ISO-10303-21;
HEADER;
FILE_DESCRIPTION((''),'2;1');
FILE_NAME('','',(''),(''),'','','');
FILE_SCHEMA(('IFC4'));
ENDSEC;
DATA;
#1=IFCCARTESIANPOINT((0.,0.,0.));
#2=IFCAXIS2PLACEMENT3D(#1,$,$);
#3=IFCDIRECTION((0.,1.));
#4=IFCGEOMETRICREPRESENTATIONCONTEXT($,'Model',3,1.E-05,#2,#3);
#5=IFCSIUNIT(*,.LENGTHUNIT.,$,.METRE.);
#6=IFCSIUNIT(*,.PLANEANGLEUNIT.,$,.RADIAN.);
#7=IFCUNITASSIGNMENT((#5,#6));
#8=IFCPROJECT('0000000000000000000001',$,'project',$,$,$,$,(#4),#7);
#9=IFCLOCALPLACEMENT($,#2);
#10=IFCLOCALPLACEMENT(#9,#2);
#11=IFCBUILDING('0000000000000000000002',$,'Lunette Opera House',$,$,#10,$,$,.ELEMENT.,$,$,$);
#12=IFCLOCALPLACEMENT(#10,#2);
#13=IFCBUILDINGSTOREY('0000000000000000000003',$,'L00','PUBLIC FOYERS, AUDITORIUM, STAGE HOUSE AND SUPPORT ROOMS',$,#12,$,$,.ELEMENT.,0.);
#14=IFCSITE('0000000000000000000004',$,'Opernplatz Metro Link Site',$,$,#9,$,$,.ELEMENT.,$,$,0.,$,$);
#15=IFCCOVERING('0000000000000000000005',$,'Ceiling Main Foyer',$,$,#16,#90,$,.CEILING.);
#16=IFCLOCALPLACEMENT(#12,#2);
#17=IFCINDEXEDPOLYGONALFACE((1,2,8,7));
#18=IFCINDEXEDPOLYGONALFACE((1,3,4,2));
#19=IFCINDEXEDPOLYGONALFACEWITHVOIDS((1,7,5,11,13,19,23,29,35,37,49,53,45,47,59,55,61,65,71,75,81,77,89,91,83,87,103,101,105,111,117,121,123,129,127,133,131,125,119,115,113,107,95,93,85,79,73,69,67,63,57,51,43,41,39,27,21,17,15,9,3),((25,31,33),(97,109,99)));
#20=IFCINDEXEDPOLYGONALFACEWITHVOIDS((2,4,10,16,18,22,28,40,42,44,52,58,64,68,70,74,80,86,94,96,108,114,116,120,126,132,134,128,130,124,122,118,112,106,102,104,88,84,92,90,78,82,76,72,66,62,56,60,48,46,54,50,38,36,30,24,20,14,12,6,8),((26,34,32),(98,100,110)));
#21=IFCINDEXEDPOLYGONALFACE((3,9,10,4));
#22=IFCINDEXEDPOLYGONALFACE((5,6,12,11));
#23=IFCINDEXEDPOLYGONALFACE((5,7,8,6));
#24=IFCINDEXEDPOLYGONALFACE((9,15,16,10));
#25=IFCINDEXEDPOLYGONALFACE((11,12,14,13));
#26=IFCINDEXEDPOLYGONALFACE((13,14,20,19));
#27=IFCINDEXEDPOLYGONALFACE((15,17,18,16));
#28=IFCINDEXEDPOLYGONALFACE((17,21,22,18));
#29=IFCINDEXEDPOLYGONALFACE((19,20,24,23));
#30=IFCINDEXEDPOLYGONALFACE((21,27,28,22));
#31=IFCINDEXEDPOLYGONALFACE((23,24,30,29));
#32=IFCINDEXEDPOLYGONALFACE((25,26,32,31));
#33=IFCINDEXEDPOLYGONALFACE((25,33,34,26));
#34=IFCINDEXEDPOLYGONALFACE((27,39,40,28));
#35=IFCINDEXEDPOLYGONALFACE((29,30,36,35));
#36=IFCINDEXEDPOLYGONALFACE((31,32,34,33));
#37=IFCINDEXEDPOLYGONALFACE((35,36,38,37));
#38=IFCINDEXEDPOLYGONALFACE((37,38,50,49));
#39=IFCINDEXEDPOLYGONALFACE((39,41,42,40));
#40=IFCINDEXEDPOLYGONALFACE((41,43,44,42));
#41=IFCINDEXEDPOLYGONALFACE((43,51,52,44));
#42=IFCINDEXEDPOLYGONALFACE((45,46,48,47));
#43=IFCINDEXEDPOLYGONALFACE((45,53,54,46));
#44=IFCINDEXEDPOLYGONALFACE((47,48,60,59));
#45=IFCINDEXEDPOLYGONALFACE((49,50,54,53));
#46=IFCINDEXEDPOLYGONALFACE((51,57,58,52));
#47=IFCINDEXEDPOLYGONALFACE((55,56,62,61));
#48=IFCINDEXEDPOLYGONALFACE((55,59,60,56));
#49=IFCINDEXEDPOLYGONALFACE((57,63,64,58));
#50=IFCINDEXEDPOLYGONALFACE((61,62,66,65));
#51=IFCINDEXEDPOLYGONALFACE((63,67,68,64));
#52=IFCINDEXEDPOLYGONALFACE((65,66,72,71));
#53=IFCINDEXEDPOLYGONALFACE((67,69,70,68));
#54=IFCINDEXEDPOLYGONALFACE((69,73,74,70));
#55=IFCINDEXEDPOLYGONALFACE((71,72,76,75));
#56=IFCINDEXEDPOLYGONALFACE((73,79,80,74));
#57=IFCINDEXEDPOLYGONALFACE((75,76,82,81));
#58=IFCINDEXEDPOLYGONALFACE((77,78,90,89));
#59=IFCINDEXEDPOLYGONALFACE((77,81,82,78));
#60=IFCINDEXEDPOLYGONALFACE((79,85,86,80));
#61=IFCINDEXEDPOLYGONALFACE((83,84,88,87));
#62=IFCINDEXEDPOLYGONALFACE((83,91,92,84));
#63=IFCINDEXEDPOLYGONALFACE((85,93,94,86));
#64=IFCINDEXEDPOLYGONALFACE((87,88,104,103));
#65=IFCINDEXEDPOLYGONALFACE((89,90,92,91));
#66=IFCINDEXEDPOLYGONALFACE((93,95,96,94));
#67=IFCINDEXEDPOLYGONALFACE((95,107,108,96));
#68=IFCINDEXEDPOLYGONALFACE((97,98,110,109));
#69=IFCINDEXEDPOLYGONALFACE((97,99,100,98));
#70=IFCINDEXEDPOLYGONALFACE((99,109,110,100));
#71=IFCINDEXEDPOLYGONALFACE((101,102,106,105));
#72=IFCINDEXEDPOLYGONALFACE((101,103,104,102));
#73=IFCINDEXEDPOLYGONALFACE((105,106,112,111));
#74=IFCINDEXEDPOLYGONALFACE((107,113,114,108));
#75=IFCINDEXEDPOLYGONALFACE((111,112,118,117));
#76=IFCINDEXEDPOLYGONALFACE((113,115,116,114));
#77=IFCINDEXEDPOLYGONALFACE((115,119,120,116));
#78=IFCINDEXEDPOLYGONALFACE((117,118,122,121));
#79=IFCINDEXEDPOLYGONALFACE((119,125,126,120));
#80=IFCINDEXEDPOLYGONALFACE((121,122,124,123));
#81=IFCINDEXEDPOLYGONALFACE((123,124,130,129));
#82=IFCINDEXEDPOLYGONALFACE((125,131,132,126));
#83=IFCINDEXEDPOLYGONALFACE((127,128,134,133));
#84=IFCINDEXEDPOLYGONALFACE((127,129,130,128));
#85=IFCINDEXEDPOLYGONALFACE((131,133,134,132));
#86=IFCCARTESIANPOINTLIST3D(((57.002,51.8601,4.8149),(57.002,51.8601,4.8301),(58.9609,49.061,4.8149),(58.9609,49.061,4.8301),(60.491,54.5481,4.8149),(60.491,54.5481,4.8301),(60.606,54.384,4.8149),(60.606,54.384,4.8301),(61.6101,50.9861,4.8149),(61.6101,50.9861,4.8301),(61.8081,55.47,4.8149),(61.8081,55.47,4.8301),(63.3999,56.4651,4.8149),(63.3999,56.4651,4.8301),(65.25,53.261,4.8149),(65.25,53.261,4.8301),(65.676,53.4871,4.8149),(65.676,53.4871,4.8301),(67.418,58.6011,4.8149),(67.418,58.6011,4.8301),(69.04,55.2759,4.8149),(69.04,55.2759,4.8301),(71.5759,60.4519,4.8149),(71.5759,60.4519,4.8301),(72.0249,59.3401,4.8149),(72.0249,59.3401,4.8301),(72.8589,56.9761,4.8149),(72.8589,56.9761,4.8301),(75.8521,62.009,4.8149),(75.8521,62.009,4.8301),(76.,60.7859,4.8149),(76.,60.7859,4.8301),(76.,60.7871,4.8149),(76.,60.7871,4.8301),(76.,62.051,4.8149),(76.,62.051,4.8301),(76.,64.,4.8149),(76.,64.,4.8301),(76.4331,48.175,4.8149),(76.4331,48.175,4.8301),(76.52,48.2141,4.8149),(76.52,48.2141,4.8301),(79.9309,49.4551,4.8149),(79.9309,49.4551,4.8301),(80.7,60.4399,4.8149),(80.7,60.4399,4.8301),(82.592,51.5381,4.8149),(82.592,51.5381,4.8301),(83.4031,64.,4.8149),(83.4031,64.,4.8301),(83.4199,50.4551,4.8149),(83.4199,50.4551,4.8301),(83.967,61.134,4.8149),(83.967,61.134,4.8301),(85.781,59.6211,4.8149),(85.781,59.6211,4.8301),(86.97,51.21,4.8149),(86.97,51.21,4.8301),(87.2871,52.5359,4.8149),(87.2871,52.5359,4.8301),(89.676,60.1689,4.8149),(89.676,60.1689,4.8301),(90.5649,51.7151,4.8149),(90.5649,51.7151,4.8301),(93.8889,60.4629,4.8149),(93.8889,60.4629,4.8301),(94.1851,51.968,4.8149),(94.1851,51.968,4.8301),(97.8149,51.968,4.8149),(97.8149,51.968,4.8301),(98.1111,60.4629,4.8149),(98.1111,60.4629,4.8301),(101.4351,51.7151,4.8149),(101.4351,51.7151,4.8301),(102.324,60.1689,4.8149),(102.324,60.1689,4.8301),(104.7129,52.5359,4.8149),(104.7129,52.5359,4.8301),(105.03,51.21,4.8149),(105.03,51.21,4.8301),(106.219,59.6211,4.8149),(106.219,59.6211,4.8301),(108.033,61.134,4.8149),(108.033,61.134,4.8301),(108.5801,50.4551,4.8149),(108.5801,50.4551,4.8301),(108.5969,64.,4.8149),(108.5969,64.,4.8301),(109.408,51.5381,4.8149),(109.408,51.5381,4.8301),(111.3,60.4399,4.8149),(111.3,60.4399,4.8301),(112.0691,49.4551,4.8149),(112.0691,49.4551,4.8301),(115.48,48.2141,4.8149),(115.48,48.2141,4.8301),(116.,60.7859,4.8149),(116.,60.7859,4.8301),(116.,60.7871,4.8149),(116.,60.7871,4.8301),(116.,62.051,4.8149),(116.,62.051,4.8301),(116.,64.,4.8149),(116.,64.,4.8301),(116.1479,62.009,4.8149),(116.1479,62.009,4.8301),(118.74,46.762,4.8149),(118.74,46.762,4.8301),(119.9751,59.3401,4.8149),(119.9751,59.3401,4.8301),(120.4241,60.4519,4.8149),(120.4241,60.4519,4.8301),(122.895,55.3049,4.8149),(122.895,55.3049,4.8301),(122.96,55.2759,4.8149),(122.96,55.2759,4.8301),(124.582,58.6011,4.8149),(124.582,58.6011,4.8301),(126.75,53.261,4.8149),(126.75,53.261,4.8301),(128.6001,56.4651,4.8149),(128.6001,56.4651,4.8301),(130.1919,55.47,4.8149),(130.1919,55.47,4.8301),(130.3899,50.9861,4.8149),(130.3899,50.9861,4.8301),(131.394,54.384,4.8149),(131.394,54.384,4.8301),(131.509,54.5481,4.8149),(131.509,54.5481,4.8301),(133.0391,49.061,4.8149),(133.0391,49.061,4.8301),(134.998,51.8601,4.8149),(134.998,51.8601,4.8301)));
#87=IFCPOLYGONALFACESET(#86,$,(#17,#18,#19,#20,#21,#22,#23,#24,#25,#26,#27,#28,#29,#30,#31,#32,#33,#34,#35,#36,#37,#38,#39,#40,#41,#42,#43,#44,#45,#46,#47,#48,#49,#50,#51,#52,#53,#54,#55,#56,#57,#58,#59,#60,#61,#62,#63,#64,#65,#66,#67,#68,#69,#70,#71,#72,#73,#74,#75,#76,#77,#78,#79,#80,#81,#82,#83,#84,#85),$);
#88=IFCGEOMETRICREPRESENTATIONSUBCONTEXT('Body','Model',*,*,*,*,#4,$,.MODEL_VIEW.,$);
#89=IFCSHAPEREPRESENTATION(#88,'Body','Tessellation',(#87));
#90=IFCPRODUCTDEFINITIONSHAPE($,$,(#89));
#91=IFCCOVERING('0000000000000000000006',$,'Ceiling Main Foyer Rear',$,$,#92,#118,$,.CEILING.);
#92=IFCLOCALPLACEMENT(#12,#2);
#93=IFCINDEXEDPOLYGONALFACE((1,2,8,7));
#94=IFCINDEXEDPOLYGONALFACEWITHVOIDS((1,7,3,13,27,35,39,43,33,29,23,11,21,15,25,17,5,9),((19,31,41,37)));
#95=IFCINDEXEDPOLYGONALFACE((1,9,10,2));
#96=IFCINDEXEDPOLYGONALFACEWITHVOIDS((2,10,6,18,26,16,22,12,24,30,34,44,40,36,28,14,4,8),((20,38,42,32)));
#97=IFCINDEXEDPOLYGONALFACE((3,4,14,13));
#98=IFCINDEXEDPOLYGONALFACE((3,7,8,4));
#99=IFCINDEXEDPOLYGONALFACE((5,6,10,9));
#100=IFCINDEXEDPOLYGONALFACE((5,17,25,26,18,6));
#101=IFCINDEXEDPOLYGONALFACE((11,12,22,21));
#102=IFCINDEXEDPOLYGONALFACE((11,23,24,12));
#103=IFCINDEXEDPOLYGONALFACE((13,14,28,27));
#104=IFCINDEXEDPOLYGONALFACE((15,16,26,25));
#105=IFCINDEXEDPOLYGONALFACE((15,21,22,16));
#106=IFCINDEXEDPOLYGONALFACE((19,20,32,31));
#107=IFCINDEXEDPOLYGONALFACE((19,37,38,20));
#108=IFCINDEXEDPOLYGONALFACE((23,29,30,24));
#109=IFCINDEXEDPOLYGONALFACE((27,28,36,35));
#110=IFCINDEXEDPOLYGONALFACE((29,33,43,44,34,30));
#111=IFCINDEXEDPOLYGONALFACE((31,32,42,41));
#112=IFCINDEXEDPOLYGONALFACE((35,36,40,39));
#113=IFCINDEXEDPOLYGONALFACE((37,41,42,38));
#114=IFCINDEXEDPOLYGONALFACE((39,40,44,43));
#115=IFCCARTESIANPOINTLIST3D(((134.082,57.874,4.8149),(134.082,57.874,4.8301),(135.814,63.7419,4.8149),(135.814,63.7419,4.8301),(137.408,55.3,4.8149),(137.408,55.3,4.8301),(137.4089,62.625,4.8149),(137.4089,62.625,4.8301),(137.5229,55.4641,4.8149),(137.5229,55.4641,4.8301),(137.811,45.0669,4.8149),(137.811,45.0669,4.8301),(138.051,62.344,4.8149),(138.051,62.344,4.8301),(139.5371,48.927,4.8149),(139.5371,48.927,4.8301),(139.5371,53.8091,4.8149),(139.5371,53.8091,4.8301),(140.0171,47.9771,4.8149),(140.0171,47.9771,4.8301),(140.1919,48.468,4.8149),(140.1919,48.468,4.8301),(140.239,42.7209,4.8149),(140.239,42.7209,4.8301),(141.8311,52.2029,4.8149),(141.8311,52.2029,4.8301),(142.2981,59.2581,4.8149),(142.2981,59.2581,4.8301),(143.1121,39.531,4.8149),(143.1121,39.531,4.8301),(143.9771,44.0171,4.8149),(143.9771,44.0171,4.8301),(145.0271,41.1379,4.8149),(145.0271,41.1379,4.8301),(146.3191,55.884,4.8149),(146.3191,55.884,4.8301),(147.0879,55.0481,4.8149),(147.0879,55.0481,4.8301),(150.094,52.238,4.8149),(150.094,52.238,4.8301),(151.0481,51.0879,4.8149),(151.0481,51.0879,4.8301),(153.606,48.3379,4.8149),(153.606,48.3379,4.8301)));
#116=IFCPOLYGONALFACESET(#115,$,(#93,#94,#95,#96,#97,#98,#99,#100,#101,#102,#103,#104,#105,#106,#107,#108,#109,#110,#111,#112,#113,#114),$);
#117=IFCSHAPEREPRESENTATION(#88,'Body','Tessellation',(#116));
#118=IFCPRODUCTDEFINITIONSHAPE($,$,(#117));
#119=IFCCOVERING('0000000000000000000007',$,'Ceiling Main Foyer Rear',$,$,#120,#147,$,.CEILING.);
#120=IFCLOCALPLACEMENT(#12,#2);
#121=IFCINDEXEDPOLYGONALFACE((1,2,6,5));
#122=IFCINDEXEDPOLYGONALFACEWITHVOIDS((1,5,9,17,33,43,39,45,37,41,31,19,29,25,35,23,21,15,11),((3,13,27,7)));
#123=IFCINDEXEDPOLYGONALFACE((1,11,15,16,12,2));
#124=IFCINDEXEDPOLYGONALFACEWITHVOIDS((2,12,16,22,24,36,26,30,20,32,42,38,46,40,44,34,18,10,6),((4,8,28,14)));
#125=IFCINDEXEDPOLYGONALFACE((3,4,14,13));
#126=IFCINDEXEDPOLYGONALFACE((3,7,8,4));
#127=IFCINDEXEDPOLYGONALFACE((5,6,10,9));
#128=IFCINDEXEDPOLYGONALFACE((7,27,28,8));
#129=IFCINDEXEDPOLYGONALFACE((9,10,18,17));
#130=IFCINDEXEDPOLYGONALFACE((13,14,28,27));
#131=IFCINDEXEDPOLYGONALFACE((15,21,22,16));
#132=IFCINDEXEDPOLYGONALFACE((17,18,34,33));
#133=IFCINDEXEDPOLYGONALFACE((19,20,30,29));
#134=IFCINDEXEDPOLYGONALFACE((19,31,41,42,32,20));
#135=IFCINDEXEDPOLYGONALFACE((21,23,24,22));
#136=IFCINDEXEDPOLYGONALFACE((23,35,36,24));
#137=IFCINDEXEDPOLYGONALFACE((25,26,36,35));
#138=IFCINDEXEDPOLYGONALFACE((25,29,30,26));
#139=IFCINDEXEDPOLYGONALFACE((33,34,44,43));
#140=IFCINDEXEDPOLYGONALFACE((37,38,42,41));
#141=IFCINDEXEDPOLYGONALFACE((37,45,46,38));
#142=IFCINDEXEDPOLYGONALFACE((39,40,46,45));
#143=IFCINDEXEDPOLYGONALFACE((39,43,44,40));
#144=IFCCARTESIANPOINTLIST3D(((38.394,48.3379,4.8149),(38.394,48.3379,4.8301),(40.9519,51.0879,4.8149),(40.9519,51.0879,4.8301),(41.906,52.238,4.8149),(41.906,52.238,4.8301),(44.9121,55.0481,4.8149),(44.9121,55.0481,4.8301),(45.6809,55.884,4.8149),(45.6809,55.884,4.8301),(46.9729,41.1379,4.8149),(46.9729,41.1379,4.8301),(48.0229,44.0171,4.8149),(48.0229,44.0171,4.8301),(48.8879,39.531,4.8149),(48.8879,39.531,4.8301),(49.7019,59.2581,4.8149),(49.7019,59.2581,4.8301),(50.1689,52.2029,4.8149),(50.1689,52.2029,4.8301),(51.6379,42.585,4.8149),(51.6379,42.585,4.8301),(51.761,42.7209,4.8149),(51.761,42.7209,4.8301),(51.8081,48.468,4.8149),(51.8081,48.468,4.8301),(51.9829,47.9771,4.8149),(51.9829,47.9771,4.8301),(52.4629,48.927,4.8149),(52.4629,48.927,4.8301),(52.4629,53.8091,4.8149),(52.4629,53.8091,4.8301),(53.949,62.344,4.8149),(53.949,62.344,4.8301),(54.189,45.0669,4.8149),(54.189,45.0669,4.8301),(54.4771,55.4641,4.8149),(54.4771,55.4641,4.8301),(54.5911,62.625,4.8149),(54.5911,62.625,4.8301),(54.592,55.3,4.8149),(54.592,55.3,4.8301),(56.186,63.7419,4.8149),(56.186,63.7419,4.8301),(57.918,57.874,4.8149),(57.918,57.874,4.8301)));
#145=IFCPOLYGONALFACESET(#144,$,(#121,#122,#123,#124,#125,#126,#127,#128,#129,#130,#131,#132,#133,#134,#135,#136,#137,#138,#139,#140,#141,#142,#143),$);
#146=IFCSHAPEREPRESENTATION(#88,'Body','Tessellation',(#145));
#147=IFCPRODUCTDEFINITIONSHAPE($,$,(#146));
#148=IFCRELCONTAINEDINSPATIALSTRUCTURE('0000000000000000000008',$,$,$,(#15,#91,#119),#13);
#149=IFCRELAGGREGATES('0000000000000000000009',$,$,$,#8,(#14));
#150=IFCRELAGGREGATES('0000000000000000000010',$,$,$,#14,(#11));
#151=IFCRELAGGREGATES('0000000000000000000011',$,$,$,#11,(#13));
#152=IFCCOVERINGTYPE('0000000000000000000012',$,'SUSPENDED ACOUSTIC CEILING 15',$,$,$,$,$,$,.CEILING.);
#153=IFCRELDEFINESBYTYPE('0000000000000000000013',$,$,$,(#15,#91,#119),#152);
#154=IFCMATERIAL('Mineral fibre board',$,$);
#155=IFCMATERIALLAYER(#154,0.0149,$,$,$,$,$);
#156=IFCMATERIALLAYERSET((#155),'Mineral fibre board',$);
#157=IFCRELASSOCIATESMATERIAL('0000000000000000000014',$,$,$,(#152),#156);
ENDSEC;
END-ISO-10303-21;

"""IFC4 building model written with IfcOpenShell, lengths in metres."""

from ifc_helpers import new_model, si_unit, direction, frame, origin, place, context, subcontext, project, spatial, polyline, outline, extrude, material, layer, layer_set, type_object, element, save


model = new_model("IFC4")

# Units and contexts
model_context = context("Model", 3, precision=1e-05, world=origin(), true_north=direction((0.0, 1.0)))
body_context = subcontext(model_context, "Body", "Model", "MODEL_VIEW")
ifc_project = project(units=[si_unit("LENGTHUNIT", "METRE"), si_unit("PLANEANGLEUNIT", "RADIAN")], contexts=[model_context])

# Site, building, storey
site_placement = place(None, origin())
site = spatial("IfcSite", under=ifc_project, at=site_placement, Name="Opernplatz Metro Link Site", CompositionType="ELEMENT", RefElevation=0.0)
building_placement = place(site_placement, origin())
building = spatial("IfcBuilding", under=site, at=building_placement, Name="Lunette Opera House", CompositionType="ELEMENT")
storey_placement = place(building_placement, origin())
storey = spatial("IfcBuildingStorey", under=building, at=storey_placement, Name="L00", Description="PUBLIC FOYERS, AUDITORIUM, STAGE HOUSE AND SUPPORT ROOMS", CompositionType="ELEMENT", Elevation=0.0)

# Coverings
ifc_material_1 = material(Name="Mineral fibre board")
ifc_layer_1 = layer(ifc_material_1, 0.0149)
ifc_layer_set_1 = layer_set([ifc_layer_1], Name="Mineral fibre board")
covering_type = type_object("IfcCoveringType", Name="SUSPENDED ACOUSTIC CEILING 15", PredefinedType="CEILING", material=ifc_layer_set_1)
covering_1_placement = place(storey_placement, frame((0.0, 0.0, 4.8149)))
element("IfcCovering", 1, at=covering_1_placement, inside=storey, type_object=covering_type, Name="Ceiling Main Foyer", PredefinedType="CEILING", context=body_context, shape_type="SweptSolid", body=[
    extrude(outline(polyline([(63.3999, 56.4651), (67.418, 58.6011), (71.5759, 60.4519), (75.8521, 62.009), (76.0, 62.051), (76.0, 64.0), (83.4031, 64.0), (83.967, 61.134), (80.7, 60.4399), (82.592, 51.5381), (87.2871, 52.5359), (85.781, 59.6211), (89.676, 60.1689), (93.8889, 60.4629), (98.1111, 60.4629), (102.324, 60.1689), (106.219, 59.6211), (104.7129, 52.5359), (109.408, 51.5381), (111.3, 60.4399), (108.033, 61.134), (108.5969, 64.0), (116.0, 64.0), (116.0, 62.051), (116.1479, 62.009), (120.4241, 60.4519), (124.582, 58.6011), (128.6001, 56.4651), (130.1919, 55.47), (131.509, 54.5481), (131.394, 54.384), (134.998, 51.8601), (133.0391, 49.061), (130.3899, 50.9861), (126.75, 53.261), (122.96, 55.2759), (122.895, 55.3049), (118.74, 46.762), (115.48, 48.2141), (112.0691, 49.4551), (108.5801, 50.4551), (105.03, 51.21), (101.4351, 51.7151), (97.8149, 51.968), (94.1851, 51.968), (90.5649, 51.7151), (86.97, 51.21), (83.4199, 50.4551), (79.9309, 49.4551), (76.52, 48.2141), (76.4331, 48.175), (72.8589, 56.9761), (69.04, 55.2759), (65.676, 53.4871), (65.25, 53.261), (61.6101, 50.9861), (58.9609, 49.061), (57.002, 51.8601), (60.606, 54.384), (60.491, 54.5481), (61.8081, 55.47), (63.3999, 56.4651)]), holes=[polyline([(119.9751, 59.3401), (116.0, 60.7871), (116.0, 60.7859), (119.9751, 59.3401)]), polyline([(72.0249, 59.3401), (76.0, 60.7859), (76.0, 60.7871), (72.0249, 59.3401)])]), origin(), (0.0, 0.0, 1.0), 0.0151),
])
covering_2_placement = place(storey_placement, frame((0.0, 0.0, 4.8149)))
element("IfcCovering", 2, at=covering_2_placement, inside=storey, type_object=covering_type, Name="Ceiling Main Foyer Rear", PredefinedType="CEILING", context=body_context, shape_type="SweptSolid", body=[
    extrude(outline(polyline([(141.8311, 52.2029), (139.5371, 53.8091), (137.408, 55.3), (137.5229, 55.4641), (134.082, 57.874), (137.4089, 62.625), (135.814, 63.7419), (138.051, 62.344), (142.2981, 59.2581), (146.3191, 55.884), (150.094, 52.238), (153.606, 48.3379), (145.0271, 41.1379), (143.1121, 39.531), (140.239, 42.7209), (137.811, 45.0669), (140.1919, 48.468), (139.5371, 48.927), (141.8311, 52.2029)]), holes=[polyline([(140.0171, 47.9771), (143.9771, 44.0171), (151.0481, 51.0879), (147.0879, 55.0481), (140.0171, 47.9771)])]), origin(), (0.0, 0.0, 1.0), 0.0151),
])
covering_3_placement = place(storey_placement, frame((0.0, 0.0, 4.8149)))
element("IfcCovering", 3, at=covering_3_placement, inside=storey, type_object=covering_type, Name="Ceiling Main Foyer Rear", PredefinedType="CEILING", context=body_context, shape_type="SweptSolid", body=[
    extrude(outline(polyline([(51.8081, 48.468), (54.189, 45.0669), (51.761, 42.7209), (51.6379, 42.585), (48.8879, 39.531), (46.9729, 41.1379), (38.394, 48.3379), (41.906, 52.238), (45.6809, 55.884), (49.7019, 59.2581), (53.949, 62.344), (56.186, 63.7419), (54.5911, 62.625), (57.918, 57.874), (54.4771, 55.4641), (54.592, 55.3), (52.4629, 53.8091), (50.1689, 52.2029), (52.4629, 48.927), (51.8081, 48.468)]), holes=[polyline([(48.0229, 44.0171), (51.9829, 47.9771), (44.9121, 55.0481), (40.9519, 51.0879), (48.0229, 44.0171)])]), origin(), (0.0, 0.0, 1.0), 0.0151),
])

save(model, "model.ifc")
